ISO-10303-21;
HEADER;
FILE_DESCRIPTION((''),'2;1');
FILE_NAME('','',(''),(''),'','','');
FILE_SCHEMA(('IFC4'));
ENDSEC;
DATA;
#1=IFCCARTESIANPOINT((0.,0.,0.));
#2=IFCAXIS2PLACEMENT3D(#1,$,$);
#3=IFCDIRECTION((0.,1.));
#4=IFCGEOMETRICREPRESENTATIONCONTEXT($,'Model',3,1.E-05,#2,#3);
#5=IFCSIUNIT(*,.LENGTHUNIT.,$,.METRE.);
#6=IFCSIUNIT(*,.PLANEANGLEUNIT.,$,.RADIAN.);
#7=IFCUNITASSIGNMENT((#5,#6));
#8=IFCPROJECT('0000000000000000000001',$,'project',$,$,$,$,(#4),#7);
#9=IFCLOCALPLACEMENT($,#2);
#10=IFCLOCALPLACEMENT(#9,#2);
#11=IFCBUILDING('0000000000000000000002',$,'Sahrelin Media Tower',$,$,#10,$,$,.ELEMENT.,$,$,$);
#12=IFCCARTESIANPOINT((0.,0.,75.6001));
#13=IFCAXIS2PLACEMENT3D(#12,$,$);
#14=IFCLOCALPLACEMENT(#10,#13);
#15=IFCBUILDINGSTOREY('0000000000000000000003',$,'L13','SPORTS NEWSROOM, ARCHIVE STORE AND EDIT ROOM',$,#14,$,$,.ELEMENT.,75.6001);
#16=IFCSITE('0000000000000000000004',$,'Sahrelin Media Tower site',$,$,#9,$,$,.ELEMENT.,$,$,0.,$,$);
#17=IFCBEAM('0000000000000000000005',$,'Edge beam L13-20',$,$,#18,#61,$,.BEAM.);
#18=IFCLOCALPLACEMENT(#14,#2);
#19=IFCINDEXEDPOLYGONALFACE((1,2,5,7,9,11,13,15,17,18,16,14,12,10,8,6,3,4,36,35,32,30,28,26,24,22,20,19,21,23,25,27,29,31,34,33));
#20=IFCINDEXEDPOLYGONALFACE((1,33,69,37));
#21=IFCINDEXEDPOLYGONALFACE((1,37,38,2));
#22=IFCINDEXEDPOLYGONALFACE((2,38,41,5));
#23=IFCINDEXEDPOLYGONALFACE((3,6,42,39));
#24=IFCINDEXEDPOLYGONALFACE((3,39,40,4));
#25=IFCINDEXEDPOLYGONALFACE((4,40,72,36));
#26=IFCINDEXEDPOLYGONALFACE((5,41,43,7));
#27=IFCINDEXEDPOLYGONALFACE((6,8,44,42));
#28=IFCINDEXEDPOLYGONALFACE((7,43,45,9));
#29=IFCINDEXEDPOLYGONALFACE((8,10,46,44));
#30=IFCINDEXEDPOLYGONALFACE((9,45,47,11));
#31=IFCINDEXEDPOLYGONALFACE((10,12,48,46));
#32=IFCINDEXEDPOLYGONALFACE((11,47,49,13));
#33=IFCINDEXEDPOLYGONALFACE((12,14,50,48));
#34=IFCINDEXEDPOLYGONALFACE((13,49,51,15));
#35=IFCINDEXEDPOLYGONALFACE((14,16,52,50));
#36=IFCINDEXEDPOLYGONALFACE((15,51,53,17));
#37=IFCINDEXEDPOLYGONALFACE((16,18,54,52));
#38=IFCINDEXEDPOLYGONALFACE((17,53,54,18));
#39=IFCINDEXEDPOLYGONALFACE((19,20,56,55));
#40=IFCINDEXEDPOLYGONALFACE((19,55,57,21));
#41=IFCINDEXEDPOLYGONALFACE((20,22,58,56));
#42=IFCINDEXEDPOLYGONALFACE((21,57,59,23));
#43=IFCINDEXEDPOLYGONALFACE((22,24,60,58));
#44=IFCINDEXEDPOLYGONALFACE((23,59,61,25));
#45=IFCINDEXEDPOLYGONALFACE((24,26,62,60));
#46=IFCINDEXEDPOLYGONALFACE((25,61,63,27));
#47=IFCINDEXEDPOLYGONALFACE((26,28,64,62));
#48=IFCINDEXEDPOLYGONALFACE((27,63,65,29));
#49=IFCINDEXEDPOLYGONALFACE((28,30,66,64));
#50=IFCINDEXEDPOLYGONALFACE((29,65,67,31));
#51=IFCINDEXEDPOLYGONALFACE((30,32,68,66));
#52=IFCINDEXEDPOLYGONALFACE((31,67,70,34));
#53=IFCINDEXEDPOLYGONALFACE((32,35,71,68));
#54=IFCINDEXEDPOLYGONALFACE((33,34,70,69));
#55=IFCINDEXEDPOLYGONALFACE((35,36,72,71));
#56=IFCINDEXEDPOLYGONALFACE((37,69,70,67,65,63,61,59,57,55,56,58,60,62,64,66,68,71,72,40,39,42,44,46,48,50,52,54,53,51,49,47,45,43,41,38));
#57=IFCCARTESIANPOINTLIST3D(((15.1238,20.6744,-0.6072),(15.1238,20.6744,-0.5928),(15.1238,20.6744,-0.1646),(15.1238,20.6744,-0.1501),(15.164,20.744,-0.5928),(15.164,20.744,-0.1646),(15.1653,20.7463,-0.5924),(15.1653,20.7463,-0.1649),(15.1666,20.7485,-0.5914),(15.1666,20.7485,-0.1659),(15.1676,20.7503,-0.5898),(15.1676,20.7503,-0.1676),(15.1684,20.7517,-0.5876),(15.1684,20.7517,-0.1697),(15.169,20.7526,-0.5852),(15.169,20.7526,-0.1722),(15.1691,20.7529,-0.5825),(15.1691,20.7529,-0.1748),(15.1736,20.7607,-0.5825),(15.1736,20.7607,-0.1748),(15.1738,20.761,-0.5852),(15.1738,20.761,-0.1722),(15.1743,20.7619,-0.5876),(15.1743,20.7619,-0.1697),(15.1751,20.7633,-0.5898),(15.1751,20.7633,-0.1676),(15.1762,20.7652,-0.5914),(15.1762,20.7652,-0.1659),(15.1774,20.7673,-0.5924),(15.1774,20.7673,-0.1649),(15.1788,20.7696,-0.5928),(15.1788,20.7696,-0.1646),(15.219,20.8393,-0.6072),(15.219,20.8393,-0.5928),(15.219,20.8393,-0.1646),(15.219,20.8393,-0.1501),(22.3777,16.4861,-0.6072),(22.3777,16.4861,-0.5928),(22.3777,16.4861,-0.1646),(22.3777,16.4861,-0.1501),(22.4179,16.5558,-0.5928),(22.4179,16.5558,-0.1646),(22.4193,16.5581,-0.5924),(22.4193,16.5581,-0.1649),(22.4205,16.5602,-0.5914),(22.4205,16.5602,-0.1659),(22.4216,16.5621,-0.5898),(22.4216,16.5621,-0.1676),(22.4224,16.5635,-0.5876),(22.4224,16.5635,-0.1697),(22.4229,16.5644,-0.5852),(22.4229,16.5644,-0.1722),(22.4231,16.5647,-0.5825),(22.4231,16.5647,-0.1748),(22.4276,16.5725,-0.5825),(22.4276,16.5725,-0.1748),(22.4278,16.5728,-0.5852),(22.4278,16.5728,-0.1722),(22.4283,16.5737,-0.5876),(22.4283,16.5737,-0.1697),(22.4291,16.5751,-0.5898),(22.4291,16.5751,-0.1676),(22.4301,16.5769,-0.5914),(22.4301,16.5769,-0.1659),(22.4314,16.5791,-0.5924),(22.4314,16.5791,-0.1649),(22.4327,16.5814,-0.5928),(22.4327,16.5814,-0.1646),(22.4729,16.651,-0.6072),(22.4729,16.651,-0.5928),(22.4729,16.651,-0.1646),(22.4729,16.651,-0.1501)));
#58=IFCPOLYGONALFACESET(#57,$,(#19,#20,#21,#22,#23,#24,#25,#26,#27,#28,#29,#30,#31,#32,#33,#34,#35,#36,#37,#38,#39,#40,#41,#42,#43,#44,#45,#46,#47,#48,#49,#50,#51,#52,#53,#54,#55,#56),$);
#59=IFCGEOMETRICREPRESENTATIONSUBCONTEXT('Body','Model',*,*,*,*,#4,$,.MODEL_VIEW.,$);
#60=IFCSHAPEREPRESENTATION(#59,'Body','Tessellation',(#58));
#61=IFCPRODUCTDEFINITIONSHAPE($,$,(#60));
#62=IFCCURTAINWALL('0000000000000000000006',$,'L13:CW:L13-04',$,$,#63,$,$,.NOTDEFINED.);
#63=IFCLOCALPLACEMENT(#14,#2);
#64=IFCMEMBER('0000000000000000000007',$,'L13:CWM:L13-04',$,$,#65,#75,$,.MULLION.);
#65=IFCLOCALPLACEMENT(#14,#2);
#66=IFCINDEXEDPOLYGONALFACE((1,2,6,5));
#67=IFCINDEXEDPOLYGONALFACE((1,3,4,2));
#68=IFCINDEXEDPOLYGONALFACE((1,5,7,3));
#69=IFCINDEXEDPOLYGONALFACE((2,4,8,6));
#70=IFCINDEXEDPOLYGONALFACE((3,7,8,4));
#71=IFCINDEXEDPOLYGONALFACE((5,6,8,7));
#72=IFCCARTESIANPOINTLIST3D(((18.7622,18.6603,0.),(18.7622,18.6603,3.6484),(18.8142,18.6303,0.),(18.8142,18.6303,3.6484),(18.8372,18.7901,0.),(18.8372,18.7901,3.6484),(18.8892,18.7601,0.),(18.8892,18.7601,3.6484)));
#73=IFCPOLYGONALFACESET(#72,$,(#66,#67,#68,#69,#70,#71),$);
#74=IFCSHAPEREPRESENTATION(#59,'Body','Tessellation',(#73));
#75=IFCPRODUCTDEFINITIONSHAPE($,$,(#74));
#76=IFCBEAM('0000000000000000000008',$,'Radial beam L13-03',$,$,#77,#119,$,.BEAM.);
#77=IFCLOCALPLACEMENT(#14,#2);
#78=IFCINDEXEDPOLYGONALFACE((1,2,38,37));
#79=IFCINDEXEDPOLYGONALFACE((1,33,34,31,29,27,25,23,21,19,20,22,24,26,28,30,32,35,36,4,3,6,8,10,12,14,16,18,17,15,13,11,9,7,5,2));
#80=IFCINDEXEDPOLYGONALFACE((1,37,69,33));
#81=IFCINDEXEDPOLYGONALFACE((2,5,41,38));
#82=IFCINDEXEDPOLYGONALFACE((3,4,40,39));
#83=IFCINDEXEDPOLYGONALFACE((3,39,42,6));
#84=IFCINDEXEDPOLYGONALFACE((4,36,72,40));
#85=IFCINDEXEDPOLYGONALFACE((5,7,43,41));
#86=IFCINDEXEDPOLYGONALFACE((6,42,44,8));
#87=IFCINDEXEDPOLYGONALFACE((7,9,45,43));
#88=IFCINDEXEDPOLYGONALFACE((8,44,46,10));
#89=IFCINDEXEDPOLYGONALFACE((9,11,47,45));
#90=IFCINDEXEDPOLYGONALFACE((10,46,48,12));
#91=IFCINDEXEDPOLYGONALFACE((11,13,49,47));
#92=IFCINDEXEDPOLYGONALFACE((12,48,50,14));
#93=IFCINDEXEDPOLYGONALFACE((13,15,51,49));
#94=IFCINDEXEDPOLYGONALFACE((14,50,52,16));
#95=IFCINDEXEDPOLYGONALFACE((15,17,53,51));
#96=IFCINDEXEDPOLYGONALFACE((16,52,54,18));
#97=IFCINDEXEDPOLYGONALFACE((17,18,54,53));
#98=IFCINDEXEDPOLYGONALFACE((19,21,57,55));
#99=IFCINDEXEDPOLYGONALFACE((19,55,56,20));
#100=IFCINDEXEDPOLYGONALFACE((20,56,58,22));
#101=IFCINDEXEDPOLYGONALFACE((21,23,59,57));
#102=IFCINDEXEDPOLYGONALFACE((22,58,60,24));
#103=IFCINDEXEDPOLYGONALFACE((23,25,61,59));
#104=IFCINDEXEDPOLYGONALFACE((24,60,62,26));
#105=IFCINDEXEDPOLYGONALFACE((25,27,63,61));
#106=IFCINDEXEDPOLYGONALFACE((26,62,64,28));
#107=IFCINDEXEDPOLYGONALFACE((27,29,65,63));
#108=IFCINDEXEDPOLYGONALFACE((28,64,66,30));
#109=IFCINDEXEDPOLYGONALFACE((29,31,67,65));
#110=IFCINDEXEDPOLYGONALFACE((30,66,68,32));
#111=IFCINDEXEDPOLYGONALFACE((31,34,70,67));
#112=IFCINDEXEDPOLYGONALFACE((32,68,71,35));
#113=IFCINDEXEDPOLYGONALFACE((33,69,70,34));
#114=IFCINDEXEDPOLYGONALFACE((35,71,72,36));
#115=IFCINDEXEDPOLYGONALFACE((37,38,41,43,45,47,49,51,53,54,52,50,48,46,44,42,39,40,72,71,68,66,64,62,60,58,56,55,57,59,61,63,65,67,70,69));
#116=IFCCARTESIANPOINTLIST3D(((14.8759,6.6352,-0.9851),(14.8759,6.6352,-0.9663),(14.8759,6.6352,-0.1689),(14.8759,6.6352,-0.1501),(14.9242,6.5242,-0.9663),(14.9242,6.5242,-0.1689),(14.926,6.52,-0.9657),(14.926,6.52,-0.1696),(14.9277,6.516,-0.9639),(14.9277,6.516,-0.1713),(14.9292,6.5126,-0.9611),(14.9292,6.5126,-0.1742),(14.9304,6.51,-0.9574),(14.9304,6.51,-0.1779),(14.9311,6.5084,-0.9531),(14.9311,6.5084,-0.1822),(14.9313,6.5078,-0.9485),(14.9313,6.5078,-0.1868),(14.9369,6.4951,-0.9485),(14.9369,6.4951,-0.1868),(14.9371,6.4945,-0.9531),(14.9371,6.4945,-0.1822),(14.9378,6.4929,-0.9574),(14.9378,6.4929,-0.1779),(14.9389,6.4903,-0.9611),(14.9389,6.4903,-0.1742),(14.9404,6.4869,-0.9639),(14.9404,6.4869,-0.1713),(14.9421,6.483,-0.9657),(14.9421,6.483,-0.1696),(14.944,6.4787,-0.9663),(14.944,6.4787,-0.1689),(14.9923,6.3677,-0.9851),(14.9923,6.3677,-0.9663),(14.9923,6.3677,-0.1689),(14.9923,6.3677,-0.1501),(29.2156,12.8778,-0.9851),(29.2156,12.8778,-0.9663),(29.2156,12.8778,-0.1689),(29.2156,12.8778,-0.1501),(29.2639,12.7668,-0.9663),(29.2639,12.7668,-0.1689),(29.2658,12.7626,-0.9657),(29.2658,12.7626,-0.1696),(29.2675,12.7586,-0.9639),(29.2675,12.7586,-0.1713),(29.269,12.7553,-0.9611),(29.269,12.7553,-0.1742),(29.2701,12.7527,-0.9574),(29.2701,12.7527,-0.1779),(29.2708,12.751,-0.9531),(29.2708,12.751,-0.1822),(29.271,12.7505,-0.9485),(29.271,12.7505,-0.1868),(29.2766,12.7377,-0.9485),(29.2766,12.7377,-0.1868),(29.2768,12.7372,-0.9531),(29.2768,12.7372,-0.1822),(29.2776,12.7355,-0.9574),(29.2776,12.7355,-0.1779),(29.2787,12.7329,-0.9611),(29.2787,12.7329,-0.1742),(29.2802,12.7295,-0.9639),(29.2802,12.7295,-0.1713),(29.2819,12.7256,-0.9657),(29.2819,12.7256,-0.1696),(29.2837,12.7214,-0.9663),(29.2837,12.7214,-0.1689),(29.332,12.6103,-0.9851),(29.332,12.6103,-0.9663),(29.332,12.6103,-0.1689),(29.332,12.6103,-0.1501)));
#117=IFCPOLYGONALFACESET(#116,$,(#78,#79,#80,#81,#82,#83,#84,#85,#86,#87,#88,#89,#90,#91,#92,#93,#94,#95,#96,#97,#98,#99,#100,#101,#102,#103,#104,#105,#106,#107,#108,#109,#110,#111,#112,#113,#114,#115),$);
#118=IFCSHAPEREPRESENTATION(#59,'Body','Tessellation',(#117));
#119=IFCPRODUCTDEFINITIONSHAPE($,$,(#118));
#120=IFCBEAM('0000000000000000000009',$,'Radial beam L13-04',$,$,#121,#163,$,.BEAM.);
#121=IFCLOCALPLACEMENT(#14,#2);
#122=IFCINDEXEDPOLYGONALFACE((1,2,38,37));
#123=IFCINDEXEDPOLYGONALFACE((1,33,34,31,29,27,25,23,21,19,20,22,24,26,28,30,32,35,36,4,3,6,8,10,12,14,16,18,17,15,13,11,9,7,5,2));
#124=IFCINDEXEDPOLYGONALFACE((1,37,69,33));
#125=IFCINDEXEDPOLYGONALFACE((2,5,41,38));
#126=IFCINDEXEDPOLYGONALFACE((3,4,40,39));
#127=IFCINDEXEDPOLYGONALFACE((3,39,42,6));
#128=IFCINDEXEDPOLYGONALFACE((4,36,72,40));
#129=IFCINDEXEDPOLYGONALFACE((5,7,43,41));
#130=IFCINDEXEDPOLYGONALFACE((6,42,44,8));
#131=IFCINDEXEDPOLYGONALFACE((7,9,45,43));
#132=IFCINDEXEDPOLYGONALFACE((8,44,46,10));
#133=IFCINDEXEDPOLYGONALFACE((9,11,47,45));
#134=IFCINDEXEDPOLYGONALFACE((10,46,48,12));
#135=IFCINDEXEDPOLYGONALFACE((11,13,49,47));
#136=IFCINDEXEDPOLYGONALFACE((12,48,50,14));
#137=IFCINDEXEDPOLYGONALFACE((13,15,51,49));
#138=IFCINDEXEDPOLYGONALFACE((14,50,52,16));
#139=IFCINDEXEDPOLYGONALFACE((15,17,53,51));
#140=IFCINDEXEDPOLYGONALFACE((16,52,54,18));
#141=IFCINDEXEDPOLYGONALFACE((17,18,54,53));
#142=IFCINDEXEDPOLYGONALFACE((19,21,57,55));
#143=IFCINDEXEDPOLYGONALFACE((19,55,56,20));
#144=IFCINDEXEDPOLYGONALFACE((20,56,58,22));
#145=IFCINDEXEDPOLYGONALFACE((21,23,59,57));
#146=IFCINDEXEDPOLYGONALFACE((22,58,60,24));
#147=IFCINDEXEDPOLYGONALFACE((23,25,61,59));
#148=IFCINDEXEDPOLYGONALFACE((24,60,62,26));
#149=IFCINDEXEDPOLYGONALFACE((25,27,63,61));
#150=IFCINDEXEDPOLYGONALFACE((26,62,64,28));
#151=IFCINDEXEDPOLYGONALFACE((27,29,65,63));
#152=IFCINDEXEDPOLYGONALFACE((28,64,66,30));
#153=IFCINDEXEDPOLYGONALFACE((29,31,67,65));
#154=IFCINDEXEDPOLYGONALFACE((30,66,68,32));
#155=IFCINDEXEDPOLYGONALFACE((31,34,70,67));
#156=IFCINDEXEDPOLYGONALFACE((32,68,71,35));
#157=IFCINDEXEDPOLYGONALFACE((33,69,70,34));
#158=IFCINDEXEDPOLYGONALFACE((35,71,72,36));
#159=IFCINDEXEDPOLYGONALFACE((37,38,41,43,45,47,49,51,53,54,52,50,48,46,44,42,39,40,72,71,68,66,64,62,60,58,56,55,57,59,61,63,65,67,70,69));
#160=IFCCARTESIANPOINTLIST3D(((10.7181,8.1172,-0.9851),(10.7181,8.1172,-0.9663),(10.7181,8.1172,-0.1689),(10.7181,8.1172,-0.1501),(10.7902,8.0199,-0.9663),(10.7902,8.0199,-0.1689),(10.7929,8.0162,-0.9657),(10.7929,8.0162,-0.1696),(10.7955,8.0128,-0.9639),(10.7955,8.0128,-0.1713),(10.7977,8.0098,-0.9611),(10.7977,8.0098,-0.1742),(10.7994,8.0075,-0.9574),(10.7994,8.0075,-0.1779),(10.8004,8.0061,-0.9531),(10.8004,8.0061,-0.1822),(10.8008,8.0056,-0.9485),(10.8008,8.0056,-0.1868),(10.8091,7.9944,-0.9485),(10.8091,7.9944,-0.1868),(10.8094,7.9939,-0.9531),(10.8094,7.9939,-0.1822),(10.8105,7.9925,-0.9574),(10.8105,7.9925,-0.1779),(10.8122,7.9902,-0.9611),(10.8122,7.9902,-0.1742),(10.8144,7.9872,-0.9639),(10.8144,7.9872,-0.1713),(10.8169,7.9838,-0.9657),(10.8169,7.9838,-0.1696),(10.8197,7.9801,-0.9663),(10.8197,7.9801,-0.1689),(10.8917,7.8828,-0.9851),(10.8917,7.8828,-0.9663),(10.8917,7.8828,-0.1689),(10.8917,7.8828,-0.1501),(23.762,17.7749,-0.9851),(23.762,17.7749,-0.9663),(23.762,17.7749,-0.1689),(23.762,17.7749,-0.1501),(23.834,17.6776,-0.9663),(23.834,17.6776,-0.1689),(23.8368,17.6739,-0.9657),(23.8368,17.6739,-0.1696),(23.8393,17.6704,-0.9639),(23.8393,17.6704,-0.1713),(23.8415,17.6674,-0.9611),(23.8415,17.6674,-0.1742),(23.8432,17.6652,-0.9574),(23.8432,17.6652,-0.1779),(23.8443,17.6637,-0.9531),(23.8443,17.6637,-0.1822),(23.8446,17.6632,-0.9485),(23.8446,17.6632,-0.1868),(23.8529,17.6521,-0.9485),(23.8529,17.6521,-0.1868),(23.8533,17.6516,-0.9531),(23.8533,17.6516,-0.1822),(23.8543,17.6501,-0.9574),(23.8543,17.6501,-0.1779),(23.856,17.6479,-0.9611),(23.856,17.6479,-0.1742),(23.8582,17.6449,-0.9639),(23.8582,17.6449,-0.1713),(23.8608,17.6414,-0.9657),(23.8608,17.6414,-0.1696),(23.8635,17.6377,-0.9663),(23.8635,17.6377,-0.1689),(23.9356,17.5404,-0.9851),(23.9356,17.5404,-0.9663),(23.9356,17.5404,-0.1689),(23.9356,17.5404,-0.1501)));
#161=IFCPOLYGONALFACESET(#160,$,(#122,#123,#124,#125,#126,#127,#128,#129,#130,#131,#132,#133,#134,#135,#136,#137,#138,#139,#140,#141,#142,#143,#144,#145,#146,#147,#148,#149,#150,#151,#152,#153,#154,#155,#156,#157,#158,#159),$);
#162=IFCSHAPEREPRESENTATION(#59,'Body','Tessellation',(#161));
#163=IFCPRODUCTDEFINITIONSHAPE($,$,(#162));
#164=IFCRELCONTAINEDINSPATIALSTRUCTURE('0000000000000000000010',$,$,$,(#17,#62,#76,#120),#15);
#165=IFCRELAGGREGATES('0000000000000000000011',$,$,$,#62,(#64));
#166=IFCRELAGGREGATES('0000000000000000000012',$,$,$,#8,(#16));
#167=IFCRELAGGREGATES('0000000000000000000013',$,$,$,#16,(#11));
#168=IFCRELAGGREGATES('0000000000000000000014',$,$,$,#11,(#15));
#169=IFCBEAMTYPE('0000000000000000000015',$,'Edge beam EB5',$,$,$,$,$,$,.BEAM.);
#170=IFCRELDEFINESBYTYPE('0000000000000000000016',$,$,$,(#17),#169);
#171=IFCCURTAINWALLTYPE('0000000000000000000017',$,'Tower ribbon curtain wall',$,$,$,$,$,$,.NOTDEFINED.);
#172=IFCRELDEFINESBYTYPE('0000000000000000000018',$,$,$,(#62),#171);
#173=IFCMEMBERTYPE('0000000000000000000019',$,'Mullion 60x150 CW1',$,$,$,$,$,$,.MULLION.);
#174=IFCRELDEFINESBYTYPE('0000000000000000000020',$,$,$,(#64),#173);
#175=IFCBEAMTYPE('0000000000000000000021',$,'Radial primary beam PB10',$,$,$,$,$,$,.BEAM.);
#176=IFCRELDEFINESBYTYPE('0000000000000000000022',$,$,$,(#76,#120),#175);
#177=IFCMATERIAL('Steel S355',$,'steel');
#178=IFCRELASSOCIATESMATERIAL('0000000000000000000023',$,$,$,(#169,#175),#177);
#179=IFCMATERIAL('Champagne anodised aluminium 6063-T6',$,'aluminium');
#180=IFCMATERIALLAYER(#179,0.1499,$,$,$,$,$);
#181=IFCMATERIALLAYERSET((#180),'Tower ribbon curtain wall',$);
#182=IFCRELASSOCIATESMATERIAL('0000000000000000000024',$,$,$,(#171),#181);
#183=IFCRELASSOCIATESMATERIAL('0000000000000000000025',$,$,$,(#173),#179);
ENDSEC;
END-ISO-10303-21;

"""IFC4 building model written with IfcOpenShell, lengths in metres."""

from ifc_helpers import new_model, si_unit, direction, frame, origin, origin_2d, place, context, subcontext, project, spatial, rectangle, i_section, extrude, material, layer, layer_set, material_profile, profile_set, type_object, element, aggregate, save


model = new_model("IFC4")

# Units and contexts
model_context = context("Model", 3, precision=1e-05, world=origin(), true_north=direction((0.0, 1.0)))
body_context = subcontext(model_context, "Body", "Model", "MODEL_VIEW")
ifc_project = project(units=[si_unit("LENGTHUNIT", "METRE"), si_unit("PLANEANGLEUNIT", "RADIAN")], contexts=[model_context])

# Site, building, storey
site_placement = place(None, origin())
site = spatial("IfcSite", under=ifc_project, at=site_placement, Name="Sahrelin Media Tower site", CompositionType="ELEMENT", RefElevation=0.0)
building_placement = place(site_placement, origin())
building = spatial("IfcBuilding", under=site, at=building_placement, Name="Sahrelin Media Tower", CompositionType="ELEMENT")
storey_placement = place(building_placement, frame((0.0, 0.0, 75.6001)))
storey = spatial("IfcBuildingStorey", under=building, at=storey_placement, Name="L13", Description="SPORTS NEWSROOM, ARCHIVE STORE AND EDIT ROOM", CompositionType="ELEMENT", Elevation=75.6001)

# Beam
ifc_material_1 = material(Name="Steel S355", Category="steel")
ifc_material_profile_1 = material_profile(ifc_material_1, i_section(OverallWidth=0.1904, OverallDepth=0.457, WebThickness=0.009, FlangeThickness=0.0144, FilletRadius=0.0103, at=origin_2d()), Name="UB 457x191x74")
ifc_profile_set_1 = profile_set([ifc_material_profile_1], Name="Steel S355")
beam_type_1 = type_object("IfcBeamType", Name="Edge beam EB5", PredefinedType="BEAM", material=ifc_profile_set_1)
beam_1_placement = place(storey_placement, frame((15.1714, 20.7568, -0.3787), z_axis=(0.866016, -0.500017, 0.0), x_axis=(0.500017, 0.866016, 0.0)))
element("IfcBeam", 1, at=beam_1_placement, inside=storey, type_object=beam_type_1, Name="Edge beam L13-20", PredefinedType="BEAM", context=body_context, shape_type="SweptSolid", body=[
    extrude(i_section(OverallWidth=0.1904, OverallDepth=0.457, WebThickness=0.009, FlangeThickness=0.0144, FilletRadius=0.0103, at=origin_2d()), origin(), (0.0, 0.0, 1.0), 8.3762),
])

# Curtain wall, member
ifc_material_2 = material(Name="Champagne anodised aluminium 6063-T6", Category="aluminium")
ifc_layer_1 = layer(ifc_material_2, 0.1499)
ifc_layer_set_1 = layer_set([ifc_layer_1], Name="Tower ribbon curtain wall")
curtain_wall_type = type_object("IfcCurtainWallType", Name="Tower ribbon curtain wall", PredefinedType="NOTDEFINED", material=ifc_layer_set_1)
curtain_wall_1_placement = place(storey_placement, frame((18.8733, 18.7925, 0.0), z_axis=(0.0, 0.0, 1.0), x_axis=(1.0, 0.0, 0.0)))
curtain_wall_1 = element("IfcCurtainWall", 2, at=curtain_wall_1_placement, inside=storey, type_object=curtain_wall_type, Name="L13:CW:L13-04", PredefinedType="NOTDEFINED")
ifc_material_profile_2 = material_profile(ifc_material_2, rectangle(XDim=0.0601, YDim=0.1499, at=origin_2d()), Name="Mullion 60x150")
ifc_profile_set_2 = profile_set([ifc_material_profile_2], Name="Champagne anodised aluminium 6063-T6")
member_type_1 = type_object("IfcMemberType", Name="Mullion 60x150 CW1", PredefinedType="MULLION", material=ifc_profile_set_2)
member_1_placement = place(storey_placement, frame((18.8257, 18.7102, 0.0), z_axis=(0.0, 0.0, 1.0), x_axis=(-0.866023, 0.500005, 0.0)))
member_1 = element("IfcMember", 3, at=member_1_placement, type_object=member_type_1, Name="L13:CWM:L13-04", PredefinedType="MULLION", context=body_context, shape_type="SweptSolid", body=[
    extrude(rectangle(XDim=0.0601, YDim=0.1499, at=origin_2d()), origin(), (0.0, 0.0, 1.0), 3.6484),
])
aggregate(curtain_wall_1, [member_1])

# Beams
ifc_material_profile_3 = material_profile(ifc_material_1, i_section(OverallWidth=0.2917, OverallDepth=0.835, WebThickness=0.0139, FlangeThickness=0.0188, FilletRadius=0.0178, at=origin_2d()), Name="UB 838x292x176")
ifc_profile_set_3 = profile_set([ifc_material_profile_3], Name="Steel S355")
beam_type_2 = type_object("IfcBeamType", Name="Radial primary beam PB10", PredefinedType="BEAM", material=ifc_profile_set_3)
beam_2_placement = place(storey_placement, frame((14.9341, 6.5015, -0.5676), z_axis=(0.916884, 0.399154, 0.0), x_axis=(-0.399154, 0.916884, 0.0)))
element("IfcBeam", 4, at=beam_2_placement, inside=storey, type_object=beam_type_2, Name="Radial beam L13-03", PredefinedType="BEAM", context=body_context, shape_type="SweptSolid", body=[
    extrude(i_section(OverallWidth=0.2917, OverallDepth=0.835, WebThickness=0.0139, FlangeThickness=0.0188, FilletRadius=0.0178, at=origin_2d()), origin(), (0.0, 0.0, 1.0), 15.6396),
])
beam_3_placement = place(storey_placement, frame((10.8049, 8.0, -0.5676), z_axis=(0.803689, 0.59505, 0.0), x_axis=(-0.59505, 0.803689, 0.0)))
element("IfcBeam", 5, at=beam_3_placement, inside=storey, type_object=beam_type_2, Name="Radial beam L13-04", PredefinedType="BEAM", context=body_context, shape_type="SweptSolid", body=[
    extrude(i_section(OverallWidth=0.2917, OverallDepth=0.835, WebThickness=0.0139, FlangeThickness=0.0188, FilletRadius=0.0178, at=origin_2d()), origin(), (0.0, 0.0, 1.0), 16.23),
])

save(model, "model.ifc")
